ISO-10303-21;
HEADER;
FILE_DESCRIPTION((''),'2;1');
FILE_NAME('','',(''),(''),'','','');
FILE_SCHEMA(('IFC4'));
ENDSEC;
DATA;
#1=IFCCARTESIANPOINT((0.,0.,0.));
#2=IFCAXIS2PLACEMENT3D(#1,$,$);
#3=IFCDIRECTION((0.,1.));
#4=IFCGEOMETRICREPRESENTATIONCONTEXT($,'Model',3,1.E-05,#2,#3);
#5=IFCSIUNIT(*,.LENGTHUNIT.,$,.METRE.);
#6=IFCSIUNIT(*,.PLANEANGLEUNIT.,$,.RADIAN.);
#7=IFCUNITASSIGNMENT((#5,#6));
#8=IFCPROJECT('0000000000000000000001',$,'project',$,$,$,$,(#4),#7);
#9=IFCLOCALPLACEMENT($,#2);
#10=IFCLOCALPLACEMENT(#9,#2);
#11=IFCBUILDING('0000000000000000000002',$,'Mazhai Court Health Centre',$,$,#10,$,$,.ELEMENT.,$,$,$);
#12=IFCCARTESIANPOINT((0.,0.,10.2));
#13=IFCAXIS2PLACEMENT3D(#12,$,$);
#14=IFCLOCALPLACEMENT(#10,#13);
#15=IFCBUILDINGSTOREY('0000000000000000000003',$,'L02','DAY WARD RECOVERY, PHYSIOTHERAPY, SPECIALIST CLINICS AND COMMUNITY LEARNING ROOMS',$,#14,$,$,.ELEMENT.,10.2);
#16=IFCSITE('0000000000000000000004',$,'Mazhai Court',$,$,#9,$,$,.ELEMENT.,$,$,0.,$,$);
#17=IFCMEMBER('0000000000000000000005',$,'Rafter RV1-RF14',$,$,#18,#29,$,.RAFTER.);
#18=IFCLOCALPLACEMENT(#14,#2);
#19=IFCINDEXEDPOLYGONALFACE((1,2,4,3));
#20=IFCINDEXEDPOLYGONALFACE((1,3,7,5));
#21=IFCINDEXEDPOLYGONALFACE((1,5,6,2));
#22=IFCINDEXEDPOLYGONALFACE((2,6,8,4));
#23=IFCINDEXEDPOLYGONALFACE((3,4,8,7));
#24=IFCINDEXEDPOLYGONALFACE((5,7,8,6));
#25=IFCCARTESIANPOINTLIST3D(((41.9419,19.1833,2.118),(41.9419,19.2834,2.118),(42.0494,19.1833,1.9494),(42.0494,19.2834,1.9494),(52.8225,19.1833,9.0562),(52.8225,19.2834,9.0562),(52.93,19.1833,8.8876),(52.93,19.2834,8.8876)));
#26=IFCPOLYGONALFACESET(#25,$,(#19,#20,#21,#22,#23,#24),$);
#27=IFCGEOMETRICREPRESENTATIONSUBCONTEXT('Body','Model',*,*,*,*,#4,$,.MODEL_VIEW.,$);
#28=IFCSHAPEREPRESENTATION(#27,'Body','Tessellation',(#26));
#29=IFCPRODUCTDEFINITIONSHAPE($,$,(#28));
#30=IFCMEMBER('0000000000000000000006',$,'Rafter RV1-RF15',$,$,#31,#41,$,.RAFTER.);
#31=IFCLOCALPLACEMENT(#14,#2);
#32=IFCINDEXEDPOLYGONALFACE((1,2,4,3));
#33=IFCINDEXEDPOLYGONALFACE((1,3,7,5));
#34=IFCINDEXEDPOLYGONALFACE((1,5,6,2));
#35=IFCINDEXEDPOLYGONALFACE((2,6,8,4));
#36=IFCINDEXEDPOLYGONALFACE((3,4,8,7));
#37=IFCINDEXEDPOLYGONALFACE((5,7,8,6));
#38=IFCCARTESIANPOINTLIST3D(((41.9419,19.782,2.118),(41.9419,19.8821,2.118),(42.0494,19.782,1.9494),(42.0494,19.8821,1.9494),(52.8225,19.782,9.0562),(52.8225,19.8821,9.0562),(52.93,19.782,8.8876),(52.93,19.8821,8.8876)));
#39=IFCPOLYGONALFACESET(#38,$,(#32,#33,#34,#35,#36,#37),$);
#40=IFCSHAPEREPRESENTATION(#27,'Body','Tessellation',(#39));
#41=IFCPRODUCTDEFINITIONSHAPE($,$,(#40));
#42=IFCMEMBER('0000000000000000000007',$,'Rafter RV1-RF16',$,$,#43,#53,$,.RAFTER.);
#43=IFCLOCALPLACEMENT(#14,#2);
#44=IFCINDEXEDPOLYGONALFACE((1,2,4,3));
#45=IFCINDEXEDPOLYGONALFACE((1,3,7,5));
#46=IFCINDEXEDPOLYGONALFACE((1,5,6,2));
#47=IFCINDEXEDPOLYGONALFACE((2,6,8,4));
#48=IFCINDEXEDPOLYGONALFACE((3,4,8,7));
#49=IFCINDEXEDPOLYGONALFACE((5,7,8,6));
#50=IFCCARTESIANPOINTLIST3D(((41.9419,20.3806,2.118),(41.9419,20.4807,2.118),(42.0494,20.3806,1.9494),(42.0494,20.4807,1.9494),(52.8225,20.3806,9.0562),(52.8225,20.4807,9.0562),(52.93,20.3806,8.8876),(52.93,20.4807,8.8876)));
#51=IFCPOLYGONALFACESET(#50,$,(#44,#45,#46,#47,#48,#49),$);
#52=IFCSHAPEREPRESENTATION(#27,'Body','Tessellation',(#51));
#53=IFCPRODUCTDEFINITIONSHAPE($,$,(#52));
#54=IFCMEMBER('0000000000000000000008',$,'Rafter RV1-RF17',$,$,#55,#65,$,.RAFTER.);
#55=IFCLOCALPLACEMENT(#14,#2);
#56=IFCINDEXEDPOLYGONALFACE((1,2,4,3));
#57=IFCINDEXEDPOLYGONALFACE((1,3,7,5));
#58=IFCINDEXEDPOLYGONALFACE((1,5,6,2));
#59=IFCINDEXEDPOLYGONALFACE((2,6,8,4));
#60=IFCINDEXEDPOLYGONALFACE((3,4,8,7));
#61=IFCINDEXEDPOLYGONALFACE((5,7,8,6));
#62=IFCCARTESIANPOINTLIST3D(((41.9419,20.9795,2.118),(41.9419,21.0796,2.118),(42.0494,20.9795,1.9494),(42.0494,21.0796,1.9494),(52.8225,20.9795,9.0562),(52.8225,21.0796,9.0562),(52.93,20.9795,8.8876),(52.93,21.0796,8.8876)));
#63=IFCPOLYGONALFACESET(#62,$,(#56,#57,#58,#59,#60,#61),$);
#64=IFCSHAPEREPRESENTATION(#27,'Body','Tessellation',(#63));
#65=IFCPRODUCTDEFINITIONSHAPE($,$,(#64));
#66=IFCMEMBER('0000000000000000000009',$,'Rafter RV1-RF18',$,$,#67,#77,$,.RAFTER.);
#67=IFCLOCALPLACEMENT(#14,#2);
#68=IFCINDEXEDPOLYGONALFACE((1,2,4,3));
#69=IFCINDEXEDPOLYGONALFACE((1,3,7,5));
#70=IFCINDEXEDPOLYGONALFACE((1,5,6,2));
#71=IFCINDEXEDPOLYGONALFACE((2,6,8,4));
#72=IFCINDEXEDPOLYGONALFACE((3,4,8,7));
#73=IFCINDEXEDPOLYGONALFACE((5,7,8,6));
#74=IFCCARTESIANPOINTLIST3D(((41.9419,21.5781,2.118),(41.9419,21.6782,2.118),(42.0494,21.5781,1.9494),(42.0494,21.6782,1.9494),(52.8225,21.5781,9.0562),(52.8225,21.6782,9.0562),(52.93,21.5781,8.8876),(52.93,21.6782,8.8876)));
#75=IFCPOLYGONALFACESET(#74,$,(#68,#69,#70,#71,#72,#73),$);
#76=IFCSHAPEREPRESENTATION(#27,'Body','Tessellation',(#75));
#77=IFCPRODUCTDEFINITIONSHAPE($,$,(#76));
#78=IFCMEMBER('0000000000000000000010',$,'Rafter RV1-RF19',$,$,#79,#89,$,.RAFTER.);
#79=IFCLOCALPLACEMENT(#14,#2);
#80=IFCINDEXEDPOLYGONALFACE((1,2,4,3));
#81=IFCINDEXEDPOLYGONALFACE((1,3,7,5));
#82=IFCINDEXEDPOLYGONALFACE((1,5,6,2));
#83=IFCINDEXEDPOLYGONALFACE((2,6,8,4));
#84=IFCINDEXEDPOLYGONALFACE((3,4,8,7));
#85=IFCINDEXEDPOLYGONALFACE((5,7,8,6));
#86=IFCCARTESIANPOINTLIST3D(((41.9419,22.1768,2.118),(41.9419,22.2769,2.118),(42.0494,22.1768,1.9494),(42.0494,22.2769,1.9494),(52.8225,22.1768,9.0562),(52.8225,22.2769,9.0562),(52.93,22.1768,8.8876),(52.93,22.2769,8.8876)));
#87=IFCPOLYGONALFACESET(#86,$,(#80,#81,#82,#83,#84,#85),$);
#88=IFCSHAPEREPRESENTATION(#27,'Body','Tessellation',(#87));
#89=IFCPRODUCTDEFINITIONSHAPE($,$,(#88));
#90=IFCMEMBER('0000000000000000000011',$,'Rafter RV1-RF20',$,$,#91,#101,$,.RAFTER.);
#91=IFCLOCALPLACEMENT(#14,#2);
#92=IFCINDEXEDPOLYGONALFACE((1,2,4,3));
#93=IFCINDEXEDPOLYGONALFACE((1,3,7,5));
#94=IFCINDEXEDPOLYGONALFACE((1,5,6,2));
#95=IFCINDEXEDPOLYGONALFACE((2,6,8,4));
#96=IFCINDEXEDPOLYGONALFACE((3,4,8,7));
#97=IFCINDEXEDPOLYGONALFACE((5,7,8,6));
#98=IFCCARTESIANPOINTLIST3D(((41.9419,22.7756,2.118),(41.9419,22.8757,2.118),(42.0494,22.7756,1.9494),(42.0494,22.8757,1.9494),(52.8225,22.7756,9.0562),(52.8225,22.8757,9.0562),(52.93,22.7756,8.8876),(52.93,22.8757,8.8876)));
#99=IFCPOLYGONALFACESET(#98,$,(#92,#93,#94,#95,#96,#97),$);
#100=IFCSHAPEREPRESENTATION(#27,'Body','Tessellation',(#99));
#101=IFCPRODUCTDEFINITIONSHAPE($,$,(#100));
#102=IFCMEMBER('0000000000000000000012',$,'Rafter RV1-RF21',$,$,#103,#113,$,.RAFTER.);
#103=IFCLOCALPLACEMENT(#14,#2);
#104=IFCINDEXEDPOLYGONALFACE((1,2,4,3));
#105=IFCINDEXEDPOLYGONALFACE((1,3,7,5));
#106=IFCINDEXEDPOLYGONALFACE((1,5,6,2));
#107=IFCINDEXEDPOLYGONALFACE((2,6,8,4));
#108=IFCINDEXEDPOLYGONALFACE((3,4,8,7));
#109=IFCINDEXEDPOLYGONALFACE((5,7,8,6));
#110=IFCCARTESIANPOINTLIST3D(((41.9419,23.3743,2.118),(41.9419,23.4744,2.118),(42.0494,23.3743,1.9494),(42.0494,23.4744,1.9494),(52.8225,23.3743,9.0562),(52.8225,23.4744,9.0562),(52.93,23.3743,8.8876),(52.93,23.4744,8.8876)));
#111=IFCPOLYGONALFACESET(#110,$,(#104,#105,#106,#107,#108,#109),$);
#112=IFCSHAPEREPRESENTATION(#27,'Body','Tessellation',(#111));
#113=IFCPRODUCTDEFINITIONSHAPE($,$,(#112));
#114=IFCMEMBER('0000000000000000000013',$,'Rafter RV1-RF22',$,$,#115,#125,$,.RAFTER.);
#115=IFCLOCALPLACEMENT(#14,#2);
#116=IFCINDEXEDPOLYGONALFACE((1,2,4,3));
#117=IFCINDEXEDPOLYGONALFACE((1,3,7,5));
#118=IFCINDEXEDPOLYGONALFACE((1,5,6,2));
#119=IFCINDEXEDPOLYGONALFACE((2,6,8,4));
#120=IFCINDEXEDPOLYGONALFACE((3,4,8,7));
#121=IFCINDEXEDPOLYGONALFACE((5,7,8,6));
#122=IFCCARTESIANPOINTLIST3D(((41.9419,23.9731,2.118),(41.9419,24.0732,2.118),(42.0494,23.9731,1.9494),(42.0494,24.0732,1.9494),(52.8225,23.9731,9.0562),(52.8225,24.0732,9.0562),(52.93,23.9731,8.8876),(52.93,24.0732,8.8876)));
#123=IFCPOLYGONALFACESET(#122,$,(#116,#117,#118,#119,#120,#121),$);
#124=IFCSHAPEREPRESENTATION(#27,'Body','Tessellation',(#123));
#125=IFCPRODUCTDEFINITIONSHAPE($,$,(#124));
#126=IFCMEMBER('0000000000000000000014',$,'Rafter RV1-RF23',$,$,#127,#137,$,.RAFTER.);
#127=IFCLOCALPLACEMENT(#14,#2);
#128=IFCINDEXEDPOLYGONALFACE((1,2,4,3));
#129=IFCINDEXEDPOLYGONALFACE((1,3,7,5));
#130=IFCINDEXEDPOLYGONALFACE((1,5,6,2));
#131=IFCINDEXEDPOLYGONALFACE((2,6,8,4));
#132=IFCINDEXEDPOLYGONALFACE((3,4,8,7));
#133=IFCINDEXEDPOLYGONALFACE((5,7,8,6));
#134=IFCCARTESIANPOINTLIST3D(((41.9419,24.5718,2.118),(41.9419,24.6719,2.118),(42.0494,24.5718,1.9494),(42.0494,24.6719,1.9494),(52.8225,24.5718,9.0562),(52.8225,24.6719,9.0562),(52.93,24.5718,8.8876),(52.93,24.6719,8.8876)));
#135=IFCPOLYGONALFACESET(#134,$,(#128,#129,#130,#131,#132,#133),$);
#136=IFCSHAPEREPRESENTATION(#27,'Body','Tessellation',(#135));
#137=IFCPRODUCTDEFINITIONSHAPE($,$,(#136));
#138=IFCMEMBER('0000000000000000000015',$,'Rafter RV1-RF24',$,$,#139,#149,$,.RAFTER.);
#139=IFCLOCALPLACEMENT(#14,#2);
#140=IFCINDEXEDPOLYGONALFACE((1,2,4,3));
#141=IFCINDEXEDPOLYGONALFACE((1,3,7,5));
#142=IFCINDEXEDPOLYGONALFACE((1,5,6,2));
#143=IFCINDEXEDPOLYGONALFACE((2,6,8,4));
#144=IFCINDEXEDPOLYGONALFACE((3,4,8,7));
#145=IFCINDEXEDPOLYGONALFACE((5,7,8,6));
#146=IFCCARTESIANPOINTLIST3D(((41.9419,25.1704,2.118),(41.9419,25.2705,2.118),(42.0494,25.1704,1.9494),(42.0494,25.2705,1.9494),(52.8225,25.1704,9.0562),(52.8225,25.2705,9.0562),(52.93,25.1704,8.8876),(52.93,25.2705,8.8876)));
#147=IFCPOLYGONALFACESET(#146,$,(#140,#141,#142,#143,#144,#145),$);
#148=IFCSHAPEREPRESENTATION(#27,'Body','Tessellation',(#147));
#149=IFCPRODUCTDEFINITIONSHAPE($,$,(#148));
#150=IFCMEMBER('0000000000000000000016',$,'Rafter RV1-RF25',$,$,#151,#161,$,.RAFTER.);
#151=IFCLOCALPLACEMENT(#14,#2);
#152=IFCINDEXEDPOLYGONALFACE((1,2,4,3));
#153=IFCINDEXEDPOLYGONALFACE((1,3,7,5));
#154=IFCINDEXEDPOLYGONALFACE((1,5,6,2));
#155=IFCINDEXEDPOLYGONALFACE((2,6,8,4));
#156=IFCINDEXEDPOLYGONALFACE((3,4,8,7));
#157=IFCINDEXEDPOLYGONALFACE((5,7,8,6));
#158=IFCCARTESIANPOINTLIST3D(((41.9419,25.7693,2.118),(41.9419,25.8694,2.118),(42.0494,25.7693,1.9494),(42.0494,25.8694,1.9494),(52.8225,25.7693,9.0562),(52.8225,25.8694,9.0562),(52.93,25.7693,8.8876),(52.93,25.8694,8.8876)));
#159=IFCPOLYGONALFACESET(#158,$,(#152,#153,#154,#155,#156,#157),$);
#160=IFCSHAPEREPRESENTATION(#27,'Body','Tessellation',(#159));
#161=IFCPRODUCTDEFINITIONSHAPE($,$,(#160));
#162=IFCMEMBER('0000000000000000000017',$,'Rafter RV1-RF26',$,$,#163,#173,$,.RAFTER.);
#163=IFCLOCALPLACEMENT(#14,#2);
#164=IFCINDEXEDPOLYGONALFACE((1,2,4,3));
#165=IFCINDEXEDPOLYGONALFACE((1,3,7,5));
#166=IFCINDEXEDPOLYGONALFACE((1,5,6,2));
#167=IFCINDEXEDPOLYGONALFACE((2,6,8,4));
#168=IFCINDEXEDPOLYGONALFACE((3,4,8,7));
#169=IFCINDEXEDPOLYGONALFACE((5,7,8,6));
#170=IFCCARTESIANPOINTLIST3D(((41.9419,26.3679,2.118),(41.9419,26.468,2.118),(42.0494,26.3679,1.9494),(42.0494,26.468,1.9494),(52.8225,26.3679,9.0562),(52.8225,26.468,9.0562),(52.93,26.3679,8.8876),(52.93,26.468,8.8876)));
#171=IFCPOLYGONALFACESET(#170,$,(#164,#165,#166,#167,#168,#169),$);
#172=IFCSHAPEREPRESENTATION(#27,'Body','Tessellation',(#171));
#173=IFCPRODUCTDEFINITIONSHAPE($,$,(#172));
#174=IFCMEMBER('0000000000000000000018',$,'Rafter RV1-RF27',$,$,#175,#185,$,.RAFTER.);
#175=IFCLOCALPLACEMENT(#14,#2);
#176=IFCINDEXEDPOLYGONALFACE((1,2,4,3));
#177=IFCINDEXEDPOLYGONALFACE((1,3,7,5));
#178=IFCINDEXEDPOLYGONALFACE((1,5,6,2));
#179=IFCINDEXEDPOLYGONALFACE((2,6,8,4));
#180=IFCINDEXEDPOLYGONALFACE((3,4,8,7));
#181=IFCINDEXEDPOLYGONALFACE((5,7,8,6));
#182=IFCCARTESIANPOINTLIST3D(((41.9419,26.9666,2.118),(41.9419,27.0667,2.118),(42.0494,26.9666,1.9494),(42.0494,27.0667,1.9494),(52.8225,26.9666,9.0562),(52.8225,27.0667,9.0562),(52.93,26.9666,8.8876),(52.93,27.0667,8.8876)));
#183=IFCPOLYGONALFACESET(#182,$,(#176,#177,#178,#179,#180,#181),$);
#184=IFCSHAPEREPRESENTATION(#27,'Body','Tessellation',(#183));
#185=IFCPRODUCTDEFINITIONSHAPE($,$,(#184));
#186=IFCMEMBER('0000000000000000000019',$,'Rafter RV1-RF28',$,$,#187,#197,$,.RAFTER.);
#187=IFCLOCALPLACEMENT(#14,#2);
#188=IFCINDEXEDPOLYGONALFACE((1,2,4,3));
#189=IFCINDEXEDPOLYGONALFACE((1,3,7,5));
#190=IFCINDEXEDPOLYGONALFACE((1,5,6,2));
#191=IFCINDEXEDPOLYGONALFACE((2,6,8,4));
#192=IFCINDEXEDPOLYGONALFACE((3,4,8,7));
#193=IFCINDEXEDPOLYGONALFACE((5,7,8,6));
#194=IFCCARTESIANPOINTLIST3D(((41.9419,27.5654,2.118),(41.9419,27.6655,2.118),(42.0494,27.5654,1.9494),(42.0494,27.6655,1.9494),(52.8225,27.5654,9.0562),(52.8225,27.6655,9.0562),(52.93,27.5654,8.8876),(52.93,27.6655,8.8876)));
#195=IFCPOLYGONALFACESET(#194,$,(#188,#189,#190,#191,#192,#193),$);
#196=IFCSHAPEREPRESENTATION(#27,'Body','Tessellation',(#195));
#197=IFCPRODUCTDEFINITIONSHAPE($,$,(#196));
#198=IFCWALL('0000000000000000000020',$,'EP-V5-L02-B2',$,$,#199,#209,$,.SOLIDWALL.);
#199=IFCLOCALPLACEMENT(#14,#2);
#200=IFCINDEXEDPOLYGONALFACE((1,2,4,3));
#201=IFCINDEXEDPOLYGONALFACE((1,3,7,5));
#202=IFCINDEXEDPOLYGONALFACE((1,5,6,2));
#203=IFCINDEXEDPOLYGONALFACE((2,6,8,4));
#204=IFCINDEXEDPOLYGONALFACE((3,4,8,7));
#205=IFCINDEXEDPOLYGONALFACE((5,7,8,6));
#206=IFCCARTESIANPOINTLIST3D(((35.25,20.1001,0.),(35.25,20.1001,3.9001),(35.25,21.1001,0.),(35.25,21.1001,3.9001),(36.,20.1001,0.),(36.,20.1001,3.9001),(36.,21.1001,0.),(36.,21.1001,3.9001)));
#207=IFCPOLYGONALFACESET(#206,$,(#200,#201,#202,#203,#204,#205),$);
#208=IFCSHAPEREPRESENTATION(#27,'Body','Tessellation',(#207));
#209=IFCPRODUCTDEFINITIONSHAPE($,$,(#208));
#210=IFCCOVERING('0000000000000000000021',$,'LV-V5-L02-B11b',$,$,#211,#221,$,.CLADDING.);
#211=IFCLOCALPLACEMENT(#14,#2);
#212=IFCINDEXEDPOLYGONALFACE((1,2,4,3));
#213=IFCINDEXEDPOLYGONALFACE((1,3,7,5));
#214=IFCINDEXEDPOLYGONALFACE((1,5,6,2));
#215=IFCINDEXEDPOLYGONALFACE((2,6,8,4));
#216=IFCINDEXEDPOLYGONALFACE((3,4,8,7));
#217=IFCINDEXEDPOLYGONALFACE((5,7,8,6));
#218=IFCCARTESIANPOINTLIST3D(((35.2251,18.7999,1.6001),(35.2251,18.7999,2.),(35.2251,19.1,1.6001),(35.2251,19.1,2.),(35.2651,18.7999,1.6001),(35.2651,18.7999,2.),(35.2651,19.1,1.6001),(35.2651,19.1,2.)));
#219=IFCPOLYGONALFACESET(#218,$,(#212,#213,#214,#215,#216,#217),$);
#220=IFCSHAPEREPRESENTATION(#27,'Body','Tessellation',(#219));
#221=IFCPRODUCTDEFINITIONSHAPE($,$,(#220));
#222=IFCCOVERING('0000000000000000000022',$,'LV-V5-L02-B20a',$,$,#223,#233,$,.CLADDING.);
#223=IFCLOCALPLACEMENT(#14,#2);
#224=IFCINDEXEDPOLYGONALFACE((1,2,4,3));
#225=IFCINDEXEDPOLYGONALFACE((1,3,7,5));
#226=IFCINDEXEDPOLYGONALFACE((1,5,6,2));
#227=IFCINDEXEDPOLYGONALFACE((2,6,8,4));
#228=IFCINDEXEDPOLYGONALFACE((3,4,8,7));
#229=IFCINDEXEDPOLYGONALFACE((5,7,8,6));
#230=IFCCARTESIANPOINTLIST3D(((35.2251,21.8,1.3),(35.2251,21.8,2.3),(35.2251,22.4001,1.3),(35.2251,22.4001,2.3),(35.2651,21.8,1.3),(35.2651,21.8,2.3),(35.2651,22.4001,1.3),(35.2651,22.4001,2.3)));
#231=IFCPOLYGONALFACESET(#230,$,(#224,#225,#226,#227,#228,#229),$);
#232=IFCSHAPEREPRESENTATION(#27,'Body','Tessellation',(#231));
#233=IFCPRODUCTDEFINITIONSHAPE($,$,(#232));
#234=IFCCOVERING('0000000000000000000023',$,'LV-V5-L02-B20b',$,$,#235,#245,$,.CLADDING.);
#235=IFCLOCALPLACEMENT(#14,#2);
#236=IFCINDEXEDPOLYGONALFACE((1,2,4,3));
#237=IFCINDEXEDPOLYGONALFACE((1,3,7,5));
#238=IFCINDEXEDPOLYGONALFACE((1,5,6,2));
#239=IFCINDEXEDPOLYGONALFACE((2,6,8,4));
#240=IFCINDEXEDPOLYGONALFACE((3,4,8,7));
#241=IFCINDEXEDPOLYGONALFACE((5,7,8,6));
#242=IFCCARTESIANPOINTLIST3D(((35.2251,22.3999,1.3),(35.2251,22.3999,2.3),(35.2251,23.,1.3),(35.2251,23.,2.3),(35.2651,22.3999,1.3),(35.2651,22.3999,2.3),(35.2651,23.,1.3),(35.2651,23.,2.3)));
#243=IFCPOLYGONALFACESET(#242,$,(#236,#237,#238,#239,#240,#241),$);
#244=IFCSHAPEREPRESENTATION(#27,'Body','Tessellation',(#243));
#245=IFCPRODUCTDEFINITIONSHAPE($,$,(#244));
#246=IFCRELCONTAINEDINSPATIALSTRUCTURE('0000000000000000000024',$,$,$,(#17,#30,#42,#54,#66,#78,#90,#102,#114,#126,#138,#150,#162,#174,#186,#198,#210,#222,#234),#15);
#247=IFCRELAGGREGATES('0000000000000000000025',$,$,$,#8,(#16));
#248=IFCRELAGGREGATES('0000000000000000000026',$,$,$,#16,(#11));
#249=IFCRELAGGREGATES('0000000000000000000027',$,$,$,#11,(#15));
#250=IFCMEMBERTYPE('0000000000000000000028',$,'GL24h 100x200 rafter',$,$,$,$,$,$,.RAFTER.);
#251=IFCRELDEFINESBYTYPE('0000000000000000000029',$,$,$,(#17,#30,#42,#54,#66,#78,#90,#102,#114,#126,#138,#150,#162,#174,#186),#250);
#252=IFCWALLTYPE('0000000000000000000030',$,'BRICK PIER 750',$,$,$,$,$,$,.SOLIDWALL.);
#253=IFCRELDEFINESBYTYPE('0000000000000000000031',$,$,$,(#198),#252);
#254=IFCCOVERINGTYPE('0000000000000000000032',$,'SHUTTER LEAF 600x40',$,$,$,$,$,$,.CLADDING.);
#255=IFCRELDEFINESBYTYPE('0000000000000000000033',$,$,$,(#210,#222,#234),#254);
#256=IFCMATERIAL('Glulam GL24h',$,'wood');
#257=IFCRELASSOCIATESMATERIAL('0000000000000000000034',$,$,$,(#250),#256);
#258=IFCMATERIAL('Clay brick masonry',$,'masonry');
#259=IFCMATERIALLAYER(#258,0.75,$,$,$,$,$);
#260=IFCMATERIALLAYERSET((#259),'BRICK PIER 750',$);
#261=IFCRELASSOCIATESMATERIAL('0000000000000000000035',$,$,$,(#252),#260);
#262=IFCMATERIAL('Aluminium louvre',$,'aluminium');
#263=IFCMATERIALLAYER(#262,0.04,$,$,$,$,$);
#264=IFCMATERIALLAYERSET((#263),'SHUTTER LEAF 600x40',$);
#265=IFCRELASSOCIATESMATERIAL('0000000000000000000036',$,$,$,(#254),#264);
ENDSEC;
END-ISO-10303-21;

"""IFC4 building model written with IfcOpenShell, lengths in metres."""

from ifc_helpers import new_model, si_unit, direction, frame, frame_2d, origin, origin_2d, place, context, subcontext, project, spatial, rectangle, extrude, material, layer, layer_set, material_profile, profile_set, type_object, element, save


model = new_model("IFC4")

# Units and contexts
model_context = context("Model", 3, precision=1e-05, world=origin(), true_north=direction((0.0, 1.0)))
body_context = subcontext(model_context, "Body", "Model", "MODEL_VIEW")
ifc_project = project(units=[si_unit("LENGTHUNIT", "METRE"), si_unit("PLANEANGLEUNIT", "RADIAN")], contexts=[model_context])

# Site, building, storey
site_placement = place(None, origin())
site = spatial("IfcSite", under=ifc_project, at=site_placement, Name="Mazhai Court", CompositionType="ELEMENT", RefElevation=0.0)
building_placement = place(site_placement, origin())
building = spatial("IfcBuilding", under=site, at=building_placement, Name="Mazhai Court Health Centre", CompositionType="ELEMENT")
storey_placement = place(building_placement, frame((0.0, 0.0, 10.2)))
storey = spatial("IfcBuildingStorey", under=building, at=storey_placement, Name="L02", Description="DAY WARD RECOVERY, PHYSIOTHERAPY, SPECIALIST CLINICS AND COMMUNITY LEARNING ROOMS", CompositionType="ELEMENT", Elevation=10.2)

# Members
ifc_material_1 = material(Name="Glulam GL24h", Category="wood")
ifc_material_profile = material_profile(ifc_material_1, rectangle(XDim=0.1001, YDim=0.2, at=origin_2d()), Name="GL24h 100x200")
ifc_profile_set = profile_set([ifc_material_profile], Name="Glulam GL24h")
member_type = type_object("IfcMemberType", Name="GL24h 100x200 rafter", PredefinedType="RAFTER", material=ifc_profile_set)
for number, where, z_axis, x_axis, name in (
    (1, (41.9956, 19.2334, 2.0337), (0.843163, 0.0, 0.537659), (0.0, 1.0, 0.0), "Rafter RV1-RF14"),
    (2, (41.9956, 19.832, 2.0337), (0.843163, 0.0, 0.537659), (0.0, 1.0, 0.0), "Rafter RV1-RF15"),
    (3, (41.9956, 20.4307, 2.0337), (0.843163, 0.0, 0.537659), (0.0, 1.0, 0.0), "Rafter RV1-RF16"),
    (4, (41.9956, 21.0295, 2.0337), (0.843163, 0.0, 0.537659), (0.0, 1.0, 0.0), "Rafter RV1-RF17"),
    (5, (41.9956, 21.6282, 2.0337), (0.843163, 0.0, 0.537659), (0.0, 1.0, 0.0), "Rafter RV1-RF18"),
    (6, (41.9956, 22.2268, 2.0337), (0.843163, 0.0, 0.537659), (0.0, 1.0, 0.0), "Rafter RV1-RF19"),
    (7, (41.9956, 22.8257, 2.0337), (0.843163, 0.0, 0.537659), (0.0, 1.0, 0.0), "Rafter RV1-RF20"),
    (8, (41.9956, 23.4243, 2.0337), (0.843163, 0.0, 0.537659), (0.0, 1.0, 0.0), "Rafter RV1-RF21"),
    (9, (41.9956, 24.0232, 2.0337), (0.843163, 0.0, 0.537659), (0.0, 1.0, 0.0), "Rafter RV1-RF22"),
    (10, (41.9956, 24.6218, 2.0337), (0.843163, 0.0, 0.537659), (0.0, 1.0, 0.0), "Rafter RV1-RF23"),
    (11, (41.9956, 25.2205, 2.0337), (0.843163, 0.0, 0.537659), (0.0, 1.0, 0.0), "Rafter RV1-RF24"),
    (12, (41.9956, 25.8193, 2.0337), (0.843163, 0.0, 0.537659), (0.0, 1.0, 0.0), "Rafter RV1-RF25"),
    (13, (41.9956, 26.418, 2.0337), (0.843163, 0.0, 0.537659), (0.0, 1.0, 0.0), "Rafter RV1-RF26"),
    (14, (41.9956, 27.0166, 2.0337), (0.843163, 0.0, 0.537659), (0.0, 1.0, 0.0), "Rafter RV1-RF27"),
    (15, (41.9956, 27.6155, 2.0337), (0.843163, 0.0, 0.537659), (0.0, 1.0, 0.0), "Rafter RV1-RF28"),
):
    element("IfcMember", number, at=place(storey_placement, frame(where, z_axis=z_axis, x_axis=x_axis)), inside=storey, type_object=member_type, Name=name, PredefinedType="RAFTER", context=body_context, shape_type="SweptSolid", body=[
        extrude(rectangle(XDim=0.1001, YDim=0.2, at=origin_2d()), origin(), (0.0, 0.0, 1.0), 12.9045),
    ])

# Wall
ifc_material_2 = material(Name="Clay brick masonry", Category="masonry")
ifc_layer_1 = layer(ifc_material_2, 0.75)
ifc_layer_set_1 = layer_set([ifc_layer_1], Name="BRICK PIER 750")
wall_type = type_object("IfcWallType", Name="BRICK PIER 750", PredefinedType="SOLIDWALL", material=ifc_layer_set_1)
wall_placement = place(storey_placement, frame((35.625, 21.1001, 0.0), z_axis=(0.0, 0.0, 1.0), x_axis=(0.0, -1.0, 0.0)))
element("IfcWall", 16, at=wall_placement, inside=storey, type_object=wall_type, Name="EP-V5-L02-B2", PredefinedType="SOLIDWALL", context=body_context, shape_type="SweptSolid", body=[
    extrude(rectangle(XDim=1.0, YDim=0.75, at=frame_2d((0.5, 0.0))), origin(), (0.0, 0.0, 1.0), 3.9001),
])

# Coverings
ifc_material_3 = material(Name="Aluminium louvre", Category="aluminium")
ifc_layer_2 = layer(ifc_material_3, 0.04)
ifc_layer_set_2 = layer_set([ifc_layer_2], Name="SHUTTER LEAF 600x40")
covering_type = type_object("IfcCoveringType", Name="SHUTTER LEAF 600x40", PredefinedType="CLADDING", material=ifc_layer_set_2)
covering_placement = place(storey_placement, frame((35.2451, 18.95, 1.6001), z_axis=(0.0, 0.0, 1.0), x_axis=(0.0, 1.0, 0.0)))
element("IfcCovering", 17, at=covering_placement, inside=storey, type_object=covering_type, Name="LV-V5-L02-B11b", PredefinedType="CLADDING", context=body_context, shape_type="SweptSolid", body=[
    extrude(rectangle(XDim=0.3, YDim=0.04, at=origin_2d()), origin(), (0.0, 0.0, 1.0), 0.3999),
])
for number, where, z_axis, x_axis, name in (
    (18, (35.2451, 22.1001, 1.3), (0.0, 0.0, 1.0), (0.0, 1.0, 0.0), "LV-V5-L02-B20a"),
    (19, (35.2451, 22.7, 1.3), (0.0, 0.0, 1.0), (0.0, 1.0, 0.0), "LV-V5-L02-B20b"),
):
    element("IfcCovering", number, at=place(storey_placement, frame(where, z_axis=z_axis, x_axis=x_axis)), inside=storey, type_object=covering_type, Name=name, PredefinedType="CLADDING", context=body_context, shape_type="SweptSolid", body=[
        extrude(rectangle(XDim=0.6001, YDim=0.04, at=origin_2d()), origin(), (0.0, 0.0, 1.0), 1.0),
    ])

save(model, "model.ifc")
